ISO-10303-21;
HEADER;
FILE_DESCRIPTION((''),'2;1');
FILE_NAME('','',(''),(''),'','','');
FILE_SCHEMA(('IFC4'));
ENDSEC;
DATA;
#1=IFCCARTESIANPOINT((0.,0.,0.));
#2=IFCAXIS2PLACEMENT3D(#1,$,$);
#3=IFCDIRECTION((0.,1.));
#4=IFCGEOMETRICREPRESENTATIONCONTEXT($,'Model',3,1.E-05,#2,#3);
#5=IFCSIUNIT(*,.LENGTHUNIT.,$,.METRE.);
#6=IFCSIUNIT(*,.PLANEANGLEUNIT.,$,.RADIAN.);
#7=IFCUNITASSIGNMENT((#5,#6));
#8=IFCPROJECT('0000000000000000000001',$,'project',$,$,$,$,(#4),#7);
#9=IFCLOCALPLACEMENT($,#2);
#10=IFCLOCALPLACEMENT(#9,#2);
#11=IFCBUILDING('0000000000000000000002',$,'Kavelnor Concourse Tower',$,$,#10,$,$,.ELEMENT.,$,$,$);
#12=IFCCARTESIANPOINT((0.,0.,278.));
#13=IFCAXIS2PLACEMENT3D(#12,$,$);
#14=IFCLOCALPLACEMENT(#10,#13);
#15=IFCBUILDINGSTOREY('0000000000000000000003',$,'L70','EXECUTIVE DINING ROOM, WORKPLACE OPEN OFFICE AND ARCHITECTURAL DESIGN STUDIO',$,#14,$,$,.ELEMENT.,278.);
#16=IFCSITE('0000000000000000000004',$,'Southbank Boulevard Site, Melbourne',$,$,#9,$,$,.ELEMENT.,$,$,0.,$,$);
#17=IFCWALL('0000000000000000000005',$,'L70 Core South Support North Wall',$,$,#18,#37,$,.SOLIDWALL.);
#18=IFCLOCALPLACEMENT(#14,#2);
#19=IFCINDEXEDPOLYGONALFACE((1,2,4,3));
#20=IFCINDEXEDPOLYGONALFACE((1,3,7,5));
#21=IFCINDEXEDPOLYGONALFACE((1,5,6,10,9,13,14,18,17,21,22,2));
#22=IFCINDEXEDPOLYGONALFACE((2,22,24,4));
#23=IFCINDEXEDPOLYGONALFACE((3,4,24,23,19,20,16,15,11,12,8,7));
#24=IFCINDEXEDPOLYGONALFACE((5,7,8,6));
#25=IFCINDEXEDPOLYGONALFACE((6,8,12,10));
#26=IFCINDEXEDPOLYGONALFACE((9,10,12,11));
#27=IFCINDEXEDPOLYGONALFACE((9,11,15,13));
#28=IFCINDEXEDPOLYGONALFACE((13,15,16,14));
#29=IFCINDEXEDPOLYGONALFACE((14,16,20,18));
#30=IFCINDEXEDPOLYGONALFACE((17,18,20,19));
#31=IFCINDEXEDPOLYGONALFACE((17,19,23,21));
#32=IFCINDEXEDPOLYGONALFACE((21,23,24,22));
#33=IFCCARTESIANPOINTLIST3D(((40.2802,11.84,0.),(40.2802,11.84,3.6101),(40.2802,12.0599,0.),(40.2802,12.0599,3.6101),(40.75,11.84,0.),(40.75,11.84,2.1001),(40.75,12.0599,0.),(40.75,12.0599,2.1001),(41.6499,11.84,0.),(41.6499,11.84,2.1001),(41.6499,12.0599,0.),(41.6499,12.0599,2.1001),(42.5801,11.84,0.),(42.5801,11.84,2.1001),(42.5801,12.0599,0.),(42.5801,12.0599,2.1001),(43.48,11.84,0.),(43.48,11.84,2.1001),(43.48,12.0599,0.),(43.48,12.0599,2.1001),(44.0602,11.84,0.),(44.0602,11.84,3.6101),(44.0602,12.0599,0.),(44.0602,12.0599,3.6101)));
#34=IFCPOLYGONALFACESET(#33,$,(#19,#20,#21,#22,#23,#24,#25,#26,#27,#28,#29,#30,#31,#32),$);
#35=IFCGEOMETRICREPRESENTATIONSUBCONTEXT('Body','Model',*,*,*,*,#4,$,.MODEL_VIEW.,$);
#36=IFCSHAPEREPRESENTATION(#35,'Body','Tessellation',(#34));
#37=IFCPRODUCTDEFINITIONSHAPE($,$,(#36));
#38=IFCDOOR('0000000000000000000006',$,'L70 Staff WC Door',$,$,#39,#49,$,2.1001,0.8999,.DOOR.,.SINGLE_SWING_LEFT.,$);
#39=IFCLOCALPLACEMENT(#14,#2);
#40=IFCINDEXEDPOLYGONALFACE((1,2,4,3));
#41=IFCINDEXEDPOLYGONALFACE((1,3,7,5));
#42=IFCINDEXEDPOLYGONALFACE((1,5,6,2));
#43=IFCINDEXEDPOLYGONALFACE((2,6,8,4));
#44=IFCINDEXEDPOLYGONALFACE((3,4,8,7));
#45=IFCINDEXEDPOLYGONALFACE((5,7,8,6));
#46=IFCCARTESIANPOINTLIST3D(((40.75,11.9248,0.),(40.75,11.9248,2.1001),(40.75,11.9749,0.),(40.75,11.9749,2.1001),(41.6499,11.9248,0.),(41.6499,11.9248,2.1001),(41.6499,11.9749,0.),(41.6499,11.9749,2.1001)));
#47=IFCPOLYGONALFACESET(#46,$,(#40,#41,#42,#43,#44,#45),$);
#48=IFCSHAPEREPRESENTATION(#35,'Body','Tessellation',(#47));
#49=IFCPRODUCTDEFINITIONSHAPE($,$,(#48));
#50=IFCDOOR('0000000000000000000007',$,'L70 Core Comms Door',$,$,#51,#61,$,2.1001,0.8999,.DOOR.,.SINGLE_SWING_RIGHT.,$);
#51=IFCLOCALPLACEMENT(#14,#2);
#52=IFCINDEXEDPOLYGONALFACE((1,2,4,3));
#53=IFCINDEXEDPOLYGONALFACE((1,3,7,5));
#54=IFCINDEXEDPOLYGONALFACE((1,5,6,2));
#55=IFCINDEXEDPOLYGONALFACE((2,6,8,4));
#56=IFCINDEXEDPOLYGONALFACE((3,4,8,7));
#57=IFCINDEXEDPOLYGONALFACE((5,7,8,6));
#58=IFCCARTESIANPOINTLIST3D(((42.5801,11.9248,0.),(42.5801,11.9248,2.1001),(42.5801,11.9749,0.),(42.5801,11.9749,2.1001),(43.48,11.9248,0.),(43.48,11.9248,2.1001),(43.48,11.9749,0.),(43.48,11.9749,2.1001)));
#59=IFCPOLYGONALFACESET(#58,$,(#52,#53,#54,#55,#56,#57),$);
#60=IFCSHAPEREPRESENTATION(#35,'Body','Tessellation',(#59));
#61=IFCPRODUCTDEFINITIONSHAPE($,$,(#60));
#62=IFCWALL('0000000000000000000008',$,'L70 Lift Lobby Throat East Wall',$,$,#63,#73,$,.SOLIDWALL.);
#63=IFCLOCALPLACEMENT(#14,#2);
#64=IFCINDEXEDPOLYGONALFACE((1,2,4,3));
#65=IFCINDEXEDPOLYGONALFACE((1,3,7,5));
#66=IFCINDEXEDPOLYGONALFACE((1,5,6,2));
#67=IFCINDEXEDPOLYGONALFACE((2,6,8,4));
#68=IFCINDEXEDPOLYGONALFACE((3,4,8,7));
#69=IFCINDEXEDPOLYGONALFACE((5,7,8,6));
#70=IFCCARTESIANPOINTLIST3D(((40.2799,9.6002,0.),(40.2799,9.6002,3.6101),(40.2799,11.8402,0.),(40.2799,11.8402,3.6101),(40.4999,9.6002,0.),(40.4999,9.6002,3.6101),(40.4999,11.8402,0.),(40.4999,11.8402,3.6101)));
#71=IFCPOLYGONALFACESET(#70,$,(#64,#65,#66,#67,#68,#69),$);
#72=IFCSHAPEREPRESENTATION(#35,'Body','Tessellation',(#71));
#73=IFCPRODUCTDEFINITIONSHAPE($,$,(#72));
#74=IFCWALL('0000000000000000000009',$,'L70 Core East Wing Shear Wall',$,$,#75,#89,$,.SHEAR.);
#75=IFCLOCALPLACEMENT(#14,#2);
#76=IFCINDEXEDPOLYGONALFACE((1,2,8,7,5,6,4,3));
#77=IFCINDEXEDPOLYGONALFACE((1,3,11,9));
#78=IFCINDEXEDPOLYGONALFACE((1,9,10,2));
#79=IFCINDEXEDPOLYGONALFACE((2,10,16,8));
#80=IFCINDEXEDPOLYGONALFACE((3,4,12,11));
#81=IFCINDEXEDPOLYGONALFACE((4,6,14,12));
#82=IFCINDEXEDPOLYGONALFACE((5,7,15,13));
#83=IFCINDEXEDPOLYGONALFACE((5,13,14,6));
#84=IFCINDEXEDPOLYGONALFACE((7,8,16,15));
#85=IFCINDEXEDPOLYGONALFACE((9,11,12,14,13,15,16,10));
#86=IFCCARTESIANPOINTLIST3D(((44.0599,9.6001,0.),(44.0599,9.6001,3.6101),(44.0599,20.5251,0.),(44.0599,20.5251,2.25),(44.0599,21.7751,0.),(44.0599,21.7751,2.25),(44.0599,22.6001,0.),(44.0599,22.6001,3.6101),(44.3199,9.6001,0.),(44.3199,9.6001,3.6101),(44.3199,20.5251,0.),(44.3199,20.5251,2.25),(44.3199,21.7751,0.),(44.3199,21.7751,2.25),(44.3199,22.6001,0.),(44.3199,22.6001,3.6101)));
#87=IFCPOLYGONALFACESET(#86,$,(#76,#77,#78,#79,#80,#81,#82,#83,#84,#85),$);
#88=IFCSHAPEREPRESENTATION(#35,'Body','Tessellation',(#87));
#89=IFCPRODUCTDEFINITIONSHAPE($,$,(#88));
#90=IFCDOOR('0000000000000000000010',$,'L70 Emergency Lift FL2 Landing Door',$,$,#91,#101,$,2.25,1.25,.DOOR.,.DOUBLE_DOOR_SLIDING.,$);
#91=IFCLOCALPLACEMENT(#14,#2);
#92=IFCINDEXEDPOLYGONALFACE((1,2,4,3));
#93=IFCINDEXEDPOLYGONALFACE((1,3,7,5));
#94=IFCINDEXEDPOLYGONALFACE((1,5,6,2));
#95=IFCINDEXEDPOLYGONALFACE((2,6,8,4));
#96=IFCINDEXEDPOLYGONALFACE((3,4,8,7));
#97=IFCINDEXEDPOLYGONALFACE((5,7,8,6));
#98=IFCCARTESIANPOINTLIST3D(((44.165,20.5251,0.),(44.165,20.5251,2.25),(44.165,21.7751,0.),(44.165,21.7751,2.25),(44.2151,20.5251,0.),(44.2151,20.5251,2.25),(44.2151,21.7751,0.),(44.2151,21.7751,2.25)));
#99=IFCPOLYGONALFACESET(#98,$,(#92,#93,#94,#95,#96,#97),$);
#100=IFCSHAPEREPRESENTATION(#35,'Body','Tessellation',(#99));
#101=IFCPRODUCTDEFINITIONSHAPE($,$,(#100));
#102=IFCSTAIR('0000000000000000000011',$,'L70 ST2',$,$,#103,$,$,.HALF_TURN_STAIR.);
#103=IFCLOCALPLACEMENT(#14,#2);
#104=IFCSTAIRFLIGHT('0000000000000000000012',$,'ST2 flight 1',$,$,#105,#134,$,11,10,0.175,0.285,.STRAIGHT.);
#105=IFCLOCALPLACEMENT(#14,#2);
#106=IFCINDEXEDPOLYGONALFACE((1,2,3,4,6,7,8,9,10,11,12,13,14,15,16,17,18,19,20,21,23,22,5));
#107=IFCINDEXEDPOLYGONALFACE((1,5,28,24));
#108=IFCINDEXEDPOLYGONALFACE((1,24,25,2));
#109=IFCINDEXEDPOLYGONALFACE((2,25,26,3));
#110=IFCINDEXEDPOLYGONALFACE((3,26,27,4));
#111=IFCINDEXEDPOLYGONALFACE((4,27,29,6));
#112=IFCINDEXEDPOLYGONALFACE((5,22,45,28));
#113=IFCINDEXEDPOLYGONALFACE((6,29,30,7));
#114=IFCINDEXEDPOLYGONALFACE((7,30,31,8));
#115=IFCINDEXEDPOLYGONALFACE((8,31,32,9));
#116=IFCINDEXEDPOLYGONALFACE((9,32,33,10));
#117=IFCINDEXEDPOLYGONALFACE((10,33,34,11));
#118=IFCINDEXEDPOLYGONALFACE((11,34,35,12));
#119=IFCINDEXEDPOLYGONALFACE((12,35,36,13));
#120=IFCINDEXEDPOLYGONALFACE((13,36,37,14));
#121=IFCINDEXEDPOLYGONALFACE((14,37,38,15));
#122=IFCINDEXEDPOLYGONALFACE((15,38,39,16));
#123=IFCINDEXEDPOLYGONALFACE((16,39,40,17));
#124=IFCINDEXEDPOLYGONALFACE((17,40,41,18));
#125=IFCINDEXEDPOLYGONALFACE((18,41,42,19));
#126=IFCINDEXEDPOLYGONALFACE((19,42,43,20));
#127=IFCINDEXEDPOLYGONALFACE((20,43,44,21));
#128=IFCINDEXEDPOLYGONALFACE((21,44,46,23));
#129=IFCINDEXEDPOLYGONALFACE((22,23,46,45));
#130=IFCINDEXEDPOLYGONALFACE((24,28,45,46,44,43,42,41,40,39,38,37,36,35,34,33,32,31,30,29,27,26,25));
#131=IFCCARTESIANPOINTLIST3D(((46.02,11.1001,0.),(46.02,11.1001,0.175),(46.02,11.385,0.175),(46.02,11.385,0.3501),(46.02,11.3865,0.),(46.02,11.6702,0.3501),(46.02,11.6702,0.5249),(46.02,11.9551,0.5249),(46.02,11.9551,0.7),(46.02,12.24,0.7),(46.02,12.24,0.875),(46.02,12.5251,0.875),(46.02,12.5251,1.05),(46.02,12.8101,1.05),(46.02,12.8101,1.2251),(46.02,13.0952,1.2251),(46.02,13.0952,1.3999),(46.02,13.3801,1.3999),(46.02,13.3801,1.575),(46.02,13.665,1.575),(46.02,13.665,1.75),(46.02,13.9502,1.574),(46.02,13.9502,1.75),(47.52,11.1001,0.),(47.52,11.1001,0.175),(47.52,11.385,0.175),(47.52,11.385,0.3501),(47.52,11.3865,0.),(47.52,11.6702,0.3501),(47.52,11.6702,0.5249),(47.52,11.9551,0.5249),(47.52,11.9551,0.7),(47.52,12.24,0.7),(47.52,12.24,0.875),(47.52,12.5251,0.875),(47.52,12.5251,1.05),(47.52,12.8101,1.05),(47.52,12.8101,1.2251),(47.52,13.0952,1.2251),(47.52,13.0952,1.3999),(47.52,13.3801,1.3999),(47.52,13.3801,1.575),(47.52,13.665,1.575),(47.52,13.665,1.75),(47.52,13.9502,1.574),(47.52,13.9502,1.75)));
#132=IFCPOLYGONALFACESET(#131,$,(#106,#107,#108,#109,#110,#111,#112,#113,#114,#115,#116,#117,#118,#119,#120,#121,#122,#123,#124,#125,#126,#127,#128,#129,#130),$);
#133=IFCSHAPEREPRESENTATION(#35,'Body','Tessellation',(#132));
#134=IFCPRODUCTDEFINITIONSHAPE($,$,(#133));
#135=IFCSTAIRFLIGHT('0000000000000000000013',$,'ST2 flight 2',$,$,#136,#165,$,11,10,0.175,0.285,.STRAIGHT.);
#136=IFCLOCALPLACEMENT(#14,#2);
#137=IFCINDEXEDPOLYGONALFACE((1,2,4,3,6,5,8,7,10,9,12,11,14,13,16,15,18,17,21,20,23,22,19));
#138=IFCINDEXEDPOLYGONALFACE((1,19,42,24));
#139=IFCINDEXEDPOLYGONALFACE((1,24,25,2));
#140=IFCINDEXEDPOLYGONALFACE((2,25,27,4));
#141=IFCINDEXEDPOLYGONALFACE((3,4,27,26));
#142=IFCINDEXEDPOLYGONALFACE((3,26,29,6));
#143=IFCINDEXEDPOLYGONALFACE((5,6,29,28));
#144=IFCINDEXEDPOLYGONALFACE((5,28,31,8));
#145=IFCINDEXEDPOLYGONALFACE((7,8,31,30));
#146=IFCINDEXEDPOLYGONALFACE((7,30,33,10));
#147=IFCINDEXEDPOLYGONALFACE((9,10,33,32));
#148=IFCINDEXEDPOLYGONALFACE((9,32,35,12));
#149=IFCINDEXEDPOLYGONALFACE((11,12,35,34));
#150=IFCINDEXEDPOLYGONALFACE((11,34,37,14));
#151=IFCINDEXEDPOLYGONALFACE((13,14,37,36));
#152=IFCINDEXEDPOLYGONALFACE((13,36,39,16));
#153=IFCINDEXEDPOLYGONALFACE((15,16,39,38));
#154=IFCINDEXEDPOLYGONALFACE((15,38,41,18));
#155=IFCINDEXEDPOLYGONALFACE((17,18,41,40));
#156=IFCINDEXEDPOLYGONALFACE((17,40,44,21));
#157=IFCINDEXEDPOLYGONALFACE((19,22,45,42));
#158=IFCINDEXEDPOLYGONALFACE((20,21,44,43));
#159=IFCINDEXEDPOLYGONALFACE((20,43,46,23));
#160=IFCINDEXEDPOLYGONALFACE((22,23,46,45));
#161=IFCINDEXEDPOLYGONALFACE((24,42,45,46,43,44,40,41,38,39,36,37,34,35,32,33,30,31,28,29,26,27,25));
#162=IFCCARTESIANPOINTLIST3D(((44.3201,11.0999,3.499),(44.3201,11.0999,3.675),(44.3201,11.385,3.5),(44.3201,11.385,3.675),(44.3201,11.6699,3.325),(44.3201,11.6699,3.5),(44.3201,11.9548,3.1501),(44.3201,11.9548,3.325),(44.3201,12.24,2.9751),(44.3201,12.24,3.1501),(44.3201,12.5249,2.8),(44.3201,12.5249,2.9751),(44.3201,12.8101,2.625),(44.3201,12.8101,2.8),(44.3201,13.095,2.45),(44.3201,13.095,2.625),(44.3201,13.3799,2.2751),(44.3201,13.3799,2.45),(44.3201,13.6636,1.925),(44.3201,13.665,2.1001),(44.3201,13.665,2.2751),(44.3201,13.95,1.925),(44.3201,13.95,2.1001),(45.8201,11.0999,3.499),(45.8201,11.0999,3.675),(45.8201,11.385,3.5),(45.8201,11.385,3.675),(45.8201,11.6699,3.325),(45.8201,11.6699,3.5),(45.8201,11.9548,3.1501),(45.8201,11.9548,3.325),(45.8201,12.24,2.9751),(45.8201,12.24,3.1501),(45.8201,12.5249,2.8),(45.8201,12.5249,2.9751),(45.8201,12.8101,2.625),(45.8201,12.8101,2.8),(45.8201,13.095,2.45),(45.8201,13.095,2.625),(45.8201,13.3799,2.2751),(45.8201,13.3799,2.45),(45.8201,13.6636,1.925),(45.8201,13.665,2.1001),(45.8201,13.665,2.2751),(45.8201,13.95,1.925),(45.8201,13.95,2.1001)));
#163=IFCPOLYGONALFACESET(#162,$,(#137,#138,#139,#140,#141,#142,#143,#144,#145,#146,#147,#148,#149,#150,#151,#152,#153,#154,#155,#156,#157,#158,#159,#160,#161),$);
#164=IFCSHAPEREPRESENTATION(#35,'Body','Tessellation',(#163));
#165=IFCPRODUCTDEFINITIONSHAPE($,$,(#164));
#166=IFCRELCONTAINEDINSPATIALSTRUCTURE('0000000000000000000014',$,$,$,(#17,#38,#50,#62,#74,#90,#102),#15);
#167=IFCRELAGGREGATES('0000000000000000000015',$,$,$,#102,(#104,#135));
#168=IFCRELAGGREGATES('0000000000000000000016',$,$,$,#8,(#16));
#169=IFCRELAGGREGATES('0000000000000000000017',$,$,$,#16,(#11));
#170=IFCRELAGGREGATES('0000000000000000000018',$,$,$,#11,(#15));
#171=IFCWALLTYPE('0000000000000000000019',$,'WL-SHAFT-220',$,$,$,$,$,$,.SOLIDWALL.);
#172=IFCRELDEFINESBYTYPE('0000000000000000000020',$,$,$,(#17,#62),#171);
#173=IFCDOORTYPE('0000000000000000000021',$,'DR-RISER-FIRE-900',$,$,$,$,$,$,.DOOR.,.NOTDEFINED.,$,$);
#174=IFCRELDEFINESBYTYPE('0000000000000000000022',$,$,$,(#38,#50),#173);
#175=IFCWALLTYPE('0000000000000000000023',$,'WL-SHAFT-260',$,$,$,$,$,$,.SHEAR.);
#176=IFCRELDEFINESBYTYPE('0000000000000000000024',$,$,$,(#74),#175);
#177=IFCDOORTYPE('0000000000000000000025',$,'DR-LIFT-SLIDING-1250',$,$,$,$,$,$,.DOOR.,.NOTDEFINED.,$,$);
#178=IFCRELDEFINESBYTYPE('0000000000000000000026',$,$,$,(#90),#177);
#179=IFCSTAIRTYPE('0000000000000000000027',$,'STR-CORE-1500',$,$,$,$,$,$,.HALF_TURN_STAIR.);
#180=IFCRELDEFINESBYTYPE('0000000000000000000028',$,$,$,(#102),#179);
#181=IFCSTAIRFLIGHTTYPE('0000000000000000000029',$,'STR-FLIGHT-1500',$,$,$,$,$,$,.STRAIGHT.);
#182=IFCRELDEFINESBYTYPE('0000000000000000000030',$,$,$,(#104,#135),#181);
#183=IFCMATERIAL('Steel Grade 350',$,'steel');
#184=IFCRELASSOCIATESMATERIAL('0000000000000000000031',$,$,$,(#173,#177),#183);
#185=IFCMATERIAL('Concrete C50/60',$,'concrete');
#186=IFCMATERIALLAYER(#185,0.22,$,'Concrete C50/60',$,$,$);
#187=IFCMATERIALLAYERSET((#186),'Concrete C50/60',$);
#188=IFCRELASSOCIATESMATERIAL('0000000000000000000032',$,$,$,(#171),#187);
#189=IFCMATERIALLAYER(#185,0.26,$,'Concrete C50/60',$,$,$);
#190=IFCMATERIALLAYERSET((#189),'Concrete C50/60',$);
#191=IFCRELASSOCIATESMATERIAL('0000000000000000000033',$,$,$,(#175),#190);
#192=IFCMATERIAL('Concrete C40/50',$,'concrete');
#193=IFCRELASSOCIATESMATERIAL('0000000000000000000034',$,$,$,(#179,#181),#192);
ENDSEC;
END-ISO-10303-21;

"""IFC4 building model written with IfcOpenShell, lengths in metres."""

from ifc_helpers import new_model, si_unit, direction, frame, frame_2d, origin, place, context, subcontext, project, spatial, polyline, rectangle, outline, extrude, material, layer, layer_set, type_object, element, fill, aggregate, save


model = new_model("IFC4")

# Units and contexts
model_context = context("Model", 3, precision=1e-05, world=origin(), true_north=direction((0.0, 1.0)))
body_context = subcontext(model_context, "Body", "Model", "MODEL_VIEW")
ifc_project = project(units=[si_unit("LENGTHUNIT", "METRE"), si_unit("PLANEANGLEUNIT", "RADIAN")], contexts=[model_context])

# Site, building, storey
site_placement = place(None, origin())
site = spatial("IfcSite", under=ifc_project, at=site_placement, Name="Southbank Boulevard Site, Melbourne", CompositionType="ELEMENT", RefElevation=0.0)
building_placement = place(site_placement, origin())
building = spatial("IfcBuilding", under=site, at=building_placement, Name="Kavelnor Concourse Tower", CompositionType="ELEMENT")
storey_placement = place(building_placement, frame((0.0, 0.0, 278.0)))
storey = spatial("IfcBuildingStorey", under=building, at=storey_placement, Name="L70", Description="EXECUTIVE DINING ROOM, WORKPLACE OPEN OFFICE AND ARCHITECTURAL DESIGN STUDIO", CompositionType="ELEMENT", Elevation=278.0)

# Shared definitions
ifc_material_1 = material(Name="Steel Grade 350", Category="steel")

# Shared definitions
ifc_material_2 = material(Name="Concrete C50/60", Category="concrete")
door_type_1 = type_object("IfcDoorType", Name="DR-RISER-FIRE-900", OperationType="NOTDEFINED", PredefinedType="DOOR", material=ifc_material_1)

# Wall, openings, doors
ifc_layer_1 = layer(ifc_material_2, 0.22, Name="Concrete C50/60")
ifc_layer_set_1 = layer_set([ifc_layer_1], Name="Concrete C50/60")
wall_type_1 = type_object("IfcWallType", Name="WL-SHAFT-220", PredefinedType="SOLIDWALL", material=ifc_layer_set_1)
wall_1_placement = place(storey_placement, frame((40.28, 11.95, 0.0), z_axis=(0.0, 0.0, 1.0), x_axis=(1.0, 0.0, 0.0)))
wall_1 = element("IfcWall", 1, at=wall_1_placement, inside=storey, type_object=wall_type_1, Name="L70 Core South Support North Wall", PredefinedType="SOLIDWALL", context=body_context, shape_type="SweptSolid", body=[
    extrude(rectangle(XDim=3.78, YDim=0.22, at=frame_2d((1.8901, 0.0))), origin(), (0.0, 0.0, 1.0), 3.6101),
])
opening_1_placement = place(wall_1_placement, frame((0.47, 0.0, 0.0)))
opening_1 = element("IfcOpeningElement", 2, at=opening_1_placement, cuts=wall_1, PredefinedType="OPENING", context=body_context, shape_type="SweptSolid", body=[
    extrude(rectangle(XDim=0.8999, YDim=2.1001, at=frame_2d((0.45, 1.05))), frame((0.0, 0.1201, 0.0), z_axis=(0.0, -1.0, 0.0), x_axis=(1.0, 0.0, 0.0)), (0.0, 0.0, 1.0), 0.24),
])
opening_2_placement = place(wall_1_placement, frame((2.3, 0.0, 0.0)))
opening_2 = element("IfcOpeningElement", 3, at=opening_2_placement, cuts=wall_1, PredefinedType="OPENING", context=body_context, shape_type="SweptSolid", body=[
    extrude(rectangle(XDim=0.8999, YDim=2.1001, at=frame_2d((0.45, 1.05))), frame((0.0, 0.1201, 0.0), z_axis=(0.0, -1.0, 0.0), x_axis=(1.0, 0.0, 0.0)), (0.0, 0.0, 1.0), 0.24),
])
door_1_placement = place(opening_1_placement, origin())
door_1 = element("IfcDoor", 4, at=door_1_placement, inside=storey, type_object=door_type_1, Name="L70 Staff WC Door", OperationType="SINGLE_SWING_LEFT", OverallHeight=2.1001, OverallWidth=0.8999, PredefinedType="DOOR", context=body_context, shape_type="SweptSolid", body=[
    extrude(rectangle(XDim=0.8999, YDim=2.1001, at=frame_2d((0.45, 1.05))), frame((0.0, 0.0249, 0.0), z_axis=(0.0, -1.0, 0.0), x_axis=(1.0, 0.0, 0.0)), (0.0, 0.0, 1.0), 0.05),
])
fill(opening_1, door_1)
door_2_placement = place(opening_2_placement, origin())
door_2 = element("IfcDoor", 5, at=door_2_placement, inside=storey, type_object=door_type_1, Name="L70 Core Comms Door", OperationType="SINGLE_SWING_RIGHT", OverallHeight=2.1001, OverallWidth=0.8999, PredefinedType="DOOR", context=body_context, shape_type="SweptSolid", body=[
    extrude(rectangle(XDim=0.8999, YDim=2.1001, at=frame_2d((0.45, 1.05))), frame((0.0, 0.0249, 0.0), z_axis=(0.0, -1.0, 0.0), x_axis=(1.0, 0.0, 0.0)), (0.0, 0.0, 1.0), 0.05),
])
fill(opening_2, door_2)

# Wall
wall_2_placement = place(storey_placement, frame((40.3899, 9.6001, 0.0), z_axis=(0.0, 0.0, 1.0), x_axis=(0.0, 1.0, 0.0)))
element("IfcWall", 6, at=wall_2_placement, inside=storey, type_object=wall_type_1, Name="L70 Lift Lobby Throat East Wall", PredefinedType="SOLIDWALL", context=body_context, shape_type="SweptSolid", body=[
    extrude(rectangle(XDim=2.24, YDim=0.22, at=frame_2d((1.1201, 0.0))), origin(), (0.0, 0.0, 1.0), 3.6101),
])

# Wall, opening, door
ifc_layer_2 = layer(ifc_material_2, 0.26, Name="Concrete C50/60")
ifc_layer_set_2 = layer_set([ifc_layer_2], Name="Concrete C50/60")
wall_type_2 = type_object("IfcWallType", Name="WL-SHAFT-260", PredefinedType="SHEAR", material=ifc_layer_set_2)
wall_3_placement = place(storey_placement, frame((44.1899, 9.6001, 0.0), z_axis=(0.0, 0.0, 1.0), x_axis=(0.0, 1.0, 0.0)))
wall_3 = element("IfcWall", 7, at=wall_3_placement, inside=storey, type_object=wall_type_2, Name="L70 Core East Wing Shear Wall", PredefinedType="SHEAR", context=body_context, shape_type="SweptSolid", body=[
    extrude(rectangle(XDim=13.0, YDim=0.26, at=frame_2d((6.5, 0.0))), origin(), (0.0, 0.0, 1.0), 3.6101),
])
opening_3_placement = place(wall_3_placement, frame((10.925, 0.0, 0.0)))
opening_3 = element("IfcOpeningElement", 8, at=opening_3_placement, cuts=wall_3, PredefinedType="OPENING", context=body_context, shape_type="SweptSolid", body=[
    extrude(rectangle(XDim=1.25, YDim=2.25, at=frame_2d((0.625, 1.125))), frame((0.0, 0.1401, 0.0), z_axis=(0.0, -1.0, 0.0), x_axis=(1.0, 0.0, 0.0)), (0.0, 0.0, 1.0), 0.28),
])
door_type_2 = type_object("IfcDoorType", Name="DR-LIFT-SLIDING-1250", OperationType="NOTDEFINED", PredefinedType="DOOR", material=ifc_material_1)
door_3_placement = place(opening_3_placement, origin())
door_3 = element("IfcDoor", 9, at=door_3_placement, inside=storey, type_object=door_type_2, Name="L70 Emergency Lift FL2 Landing Door", OperationType="DOUBLE_DOOR_SLIDING", OverallHeight=2.25, OverallWidth=1.25, PredefinedType="DOOR", context=body_context, shape_type="SweptSolid", body=[
    extrude(rectangle(XDim=1.25, YDim=2.25, at=frame_2d((0.625, 1.125))), frame((0.0, 0.0249, 0.0), z_axis=(0.0, -1.0, 0.0), x_axis=(1.0, 0.0, 0.0)), (0.0, 0.0, 1.0), 0.05),
])
fill(opening_3, door_3)

# Stair, stair flights
ifc_material_3 = material(Name="Concrete C40/50", Category="concrete")
stair_type = type_object("IfcStairType", Name="STR-CORE-1500", PredefinedType="HALF_TURN_STAIR", material=ifc_material_3)
stair_placement = place(storey_placement, origin())
stair = element("IfcStair", 10, at=stair_placement, inside=storey, type_object=stair_type, Name="L70 ST2", PredefinedType="HALF_TURN_STAIR")
stair_flight_type = type_object("IfcStairFlightType", Name="STR-FLIGHT-1500", PredefinedType="STRAIGHT", material=ifc_material_3)
stair_flight_1_placement = place(storey_placement, frame((46.77, 11.1001, 0.0), z_axis=(0.0, 0.0, 1.0), x_axis=(0.0, 1.0, 0.0)))
stair_flight_1 = element("IfcStairFlight", 11, at=stair_flight_1_placement, type_object=stair_flight_type, Name="ST2 flight 1", NumberOfRisers=11, NumberOfTreads=10, PredefinedType="STRAIGHT", RiserHeight=0.175, TreadLength=0.285, context=body_context, shape_type="SweptSolid", body=[
    extrude(outline(polyline([(0.0, 0.0), (0.0, 0.175), (0.2849, 0.175), (0.2849, 0.3501), (0.5701, 0.3501), (0.5701, 0.5249), (0.855, 0.5249), (0.855, 0.7), (1.1399, 0.7), (1.1399, 0.875), (1.425, 0.875), (1.425, 1.05), (1.71, 1.05), (1.71, 1.2251), (1.9951, 1.2251), (1.9951, 1.3999), (2.28, 1.3999), (2.28, 1.575), (2.5649, 1.575), (2.5649, 1.75), (2.8501, 1.75), (2.8501, 1.925), (2.8501, 1.574), (0.2864, 0.0), (0.0, 0.0)])), frame((0.0, 0.75, 0.0), z_axis=(0.0, -1.0, 0.0), x_axis=(1.0, 0.0, 0.0)), (0.0, 0.0, 1.0), 1.5),
])
stair_flight_2_placement = place(storey_placement, frame((45.0701, 13.95, 1.925), z_axis=(0.0, 0.0, 1.0), x_axis=(0.0, -1.0, 0.0)))
stair_flight_2 = element("IfcStairFlight", 12, at=stair_flight_2_placement, type_object=stair_flight_type, Name="ST2 flight 2", NumberOfRisers=11, NumberOfTreads=10, PredefinedType="STRAIGHT", RiserHeight=0.175, TreadLength=0.285, context=body_context, shape_type="SweptSolid", body=[
    extrude(outline(polyline([(0.0, 0.0), (0.0, 0.175), (0.2849, 0.175), (0.2849, 0.3501), (0.5701, 0.3501), (0.5701, 0.5249), (0.855, 0.5249), (0.855, 0.7), (1.1399, 0.7), (1.1399, 0.875), (1.425, 0.875), (1.425, 1.05), (1.71, 1.05), (1.71, 1.2251), (1.9951, 1.2251), (1.9951, 1.3999), (2.28, 1.3999), (2.28, 1.575), (2.5649, 1.575), (2.5649, 1.75), (2.8501, 1.75), (2.8501, 1.925), (2.8501, 1.574), (0.2864, 0.0), (0.0, 0.0)])), frame((0.0, 0.75, 0.0), z_axis=(0.0, -1.0, 0.0), x_axis=(1.0, 0.0, 0.0)), (0.0, 0.0, 1.0), 1.5),
])
aggregate(stair, [stair_flight_1, stair_flight_2])

save(model, "model.ifc")
